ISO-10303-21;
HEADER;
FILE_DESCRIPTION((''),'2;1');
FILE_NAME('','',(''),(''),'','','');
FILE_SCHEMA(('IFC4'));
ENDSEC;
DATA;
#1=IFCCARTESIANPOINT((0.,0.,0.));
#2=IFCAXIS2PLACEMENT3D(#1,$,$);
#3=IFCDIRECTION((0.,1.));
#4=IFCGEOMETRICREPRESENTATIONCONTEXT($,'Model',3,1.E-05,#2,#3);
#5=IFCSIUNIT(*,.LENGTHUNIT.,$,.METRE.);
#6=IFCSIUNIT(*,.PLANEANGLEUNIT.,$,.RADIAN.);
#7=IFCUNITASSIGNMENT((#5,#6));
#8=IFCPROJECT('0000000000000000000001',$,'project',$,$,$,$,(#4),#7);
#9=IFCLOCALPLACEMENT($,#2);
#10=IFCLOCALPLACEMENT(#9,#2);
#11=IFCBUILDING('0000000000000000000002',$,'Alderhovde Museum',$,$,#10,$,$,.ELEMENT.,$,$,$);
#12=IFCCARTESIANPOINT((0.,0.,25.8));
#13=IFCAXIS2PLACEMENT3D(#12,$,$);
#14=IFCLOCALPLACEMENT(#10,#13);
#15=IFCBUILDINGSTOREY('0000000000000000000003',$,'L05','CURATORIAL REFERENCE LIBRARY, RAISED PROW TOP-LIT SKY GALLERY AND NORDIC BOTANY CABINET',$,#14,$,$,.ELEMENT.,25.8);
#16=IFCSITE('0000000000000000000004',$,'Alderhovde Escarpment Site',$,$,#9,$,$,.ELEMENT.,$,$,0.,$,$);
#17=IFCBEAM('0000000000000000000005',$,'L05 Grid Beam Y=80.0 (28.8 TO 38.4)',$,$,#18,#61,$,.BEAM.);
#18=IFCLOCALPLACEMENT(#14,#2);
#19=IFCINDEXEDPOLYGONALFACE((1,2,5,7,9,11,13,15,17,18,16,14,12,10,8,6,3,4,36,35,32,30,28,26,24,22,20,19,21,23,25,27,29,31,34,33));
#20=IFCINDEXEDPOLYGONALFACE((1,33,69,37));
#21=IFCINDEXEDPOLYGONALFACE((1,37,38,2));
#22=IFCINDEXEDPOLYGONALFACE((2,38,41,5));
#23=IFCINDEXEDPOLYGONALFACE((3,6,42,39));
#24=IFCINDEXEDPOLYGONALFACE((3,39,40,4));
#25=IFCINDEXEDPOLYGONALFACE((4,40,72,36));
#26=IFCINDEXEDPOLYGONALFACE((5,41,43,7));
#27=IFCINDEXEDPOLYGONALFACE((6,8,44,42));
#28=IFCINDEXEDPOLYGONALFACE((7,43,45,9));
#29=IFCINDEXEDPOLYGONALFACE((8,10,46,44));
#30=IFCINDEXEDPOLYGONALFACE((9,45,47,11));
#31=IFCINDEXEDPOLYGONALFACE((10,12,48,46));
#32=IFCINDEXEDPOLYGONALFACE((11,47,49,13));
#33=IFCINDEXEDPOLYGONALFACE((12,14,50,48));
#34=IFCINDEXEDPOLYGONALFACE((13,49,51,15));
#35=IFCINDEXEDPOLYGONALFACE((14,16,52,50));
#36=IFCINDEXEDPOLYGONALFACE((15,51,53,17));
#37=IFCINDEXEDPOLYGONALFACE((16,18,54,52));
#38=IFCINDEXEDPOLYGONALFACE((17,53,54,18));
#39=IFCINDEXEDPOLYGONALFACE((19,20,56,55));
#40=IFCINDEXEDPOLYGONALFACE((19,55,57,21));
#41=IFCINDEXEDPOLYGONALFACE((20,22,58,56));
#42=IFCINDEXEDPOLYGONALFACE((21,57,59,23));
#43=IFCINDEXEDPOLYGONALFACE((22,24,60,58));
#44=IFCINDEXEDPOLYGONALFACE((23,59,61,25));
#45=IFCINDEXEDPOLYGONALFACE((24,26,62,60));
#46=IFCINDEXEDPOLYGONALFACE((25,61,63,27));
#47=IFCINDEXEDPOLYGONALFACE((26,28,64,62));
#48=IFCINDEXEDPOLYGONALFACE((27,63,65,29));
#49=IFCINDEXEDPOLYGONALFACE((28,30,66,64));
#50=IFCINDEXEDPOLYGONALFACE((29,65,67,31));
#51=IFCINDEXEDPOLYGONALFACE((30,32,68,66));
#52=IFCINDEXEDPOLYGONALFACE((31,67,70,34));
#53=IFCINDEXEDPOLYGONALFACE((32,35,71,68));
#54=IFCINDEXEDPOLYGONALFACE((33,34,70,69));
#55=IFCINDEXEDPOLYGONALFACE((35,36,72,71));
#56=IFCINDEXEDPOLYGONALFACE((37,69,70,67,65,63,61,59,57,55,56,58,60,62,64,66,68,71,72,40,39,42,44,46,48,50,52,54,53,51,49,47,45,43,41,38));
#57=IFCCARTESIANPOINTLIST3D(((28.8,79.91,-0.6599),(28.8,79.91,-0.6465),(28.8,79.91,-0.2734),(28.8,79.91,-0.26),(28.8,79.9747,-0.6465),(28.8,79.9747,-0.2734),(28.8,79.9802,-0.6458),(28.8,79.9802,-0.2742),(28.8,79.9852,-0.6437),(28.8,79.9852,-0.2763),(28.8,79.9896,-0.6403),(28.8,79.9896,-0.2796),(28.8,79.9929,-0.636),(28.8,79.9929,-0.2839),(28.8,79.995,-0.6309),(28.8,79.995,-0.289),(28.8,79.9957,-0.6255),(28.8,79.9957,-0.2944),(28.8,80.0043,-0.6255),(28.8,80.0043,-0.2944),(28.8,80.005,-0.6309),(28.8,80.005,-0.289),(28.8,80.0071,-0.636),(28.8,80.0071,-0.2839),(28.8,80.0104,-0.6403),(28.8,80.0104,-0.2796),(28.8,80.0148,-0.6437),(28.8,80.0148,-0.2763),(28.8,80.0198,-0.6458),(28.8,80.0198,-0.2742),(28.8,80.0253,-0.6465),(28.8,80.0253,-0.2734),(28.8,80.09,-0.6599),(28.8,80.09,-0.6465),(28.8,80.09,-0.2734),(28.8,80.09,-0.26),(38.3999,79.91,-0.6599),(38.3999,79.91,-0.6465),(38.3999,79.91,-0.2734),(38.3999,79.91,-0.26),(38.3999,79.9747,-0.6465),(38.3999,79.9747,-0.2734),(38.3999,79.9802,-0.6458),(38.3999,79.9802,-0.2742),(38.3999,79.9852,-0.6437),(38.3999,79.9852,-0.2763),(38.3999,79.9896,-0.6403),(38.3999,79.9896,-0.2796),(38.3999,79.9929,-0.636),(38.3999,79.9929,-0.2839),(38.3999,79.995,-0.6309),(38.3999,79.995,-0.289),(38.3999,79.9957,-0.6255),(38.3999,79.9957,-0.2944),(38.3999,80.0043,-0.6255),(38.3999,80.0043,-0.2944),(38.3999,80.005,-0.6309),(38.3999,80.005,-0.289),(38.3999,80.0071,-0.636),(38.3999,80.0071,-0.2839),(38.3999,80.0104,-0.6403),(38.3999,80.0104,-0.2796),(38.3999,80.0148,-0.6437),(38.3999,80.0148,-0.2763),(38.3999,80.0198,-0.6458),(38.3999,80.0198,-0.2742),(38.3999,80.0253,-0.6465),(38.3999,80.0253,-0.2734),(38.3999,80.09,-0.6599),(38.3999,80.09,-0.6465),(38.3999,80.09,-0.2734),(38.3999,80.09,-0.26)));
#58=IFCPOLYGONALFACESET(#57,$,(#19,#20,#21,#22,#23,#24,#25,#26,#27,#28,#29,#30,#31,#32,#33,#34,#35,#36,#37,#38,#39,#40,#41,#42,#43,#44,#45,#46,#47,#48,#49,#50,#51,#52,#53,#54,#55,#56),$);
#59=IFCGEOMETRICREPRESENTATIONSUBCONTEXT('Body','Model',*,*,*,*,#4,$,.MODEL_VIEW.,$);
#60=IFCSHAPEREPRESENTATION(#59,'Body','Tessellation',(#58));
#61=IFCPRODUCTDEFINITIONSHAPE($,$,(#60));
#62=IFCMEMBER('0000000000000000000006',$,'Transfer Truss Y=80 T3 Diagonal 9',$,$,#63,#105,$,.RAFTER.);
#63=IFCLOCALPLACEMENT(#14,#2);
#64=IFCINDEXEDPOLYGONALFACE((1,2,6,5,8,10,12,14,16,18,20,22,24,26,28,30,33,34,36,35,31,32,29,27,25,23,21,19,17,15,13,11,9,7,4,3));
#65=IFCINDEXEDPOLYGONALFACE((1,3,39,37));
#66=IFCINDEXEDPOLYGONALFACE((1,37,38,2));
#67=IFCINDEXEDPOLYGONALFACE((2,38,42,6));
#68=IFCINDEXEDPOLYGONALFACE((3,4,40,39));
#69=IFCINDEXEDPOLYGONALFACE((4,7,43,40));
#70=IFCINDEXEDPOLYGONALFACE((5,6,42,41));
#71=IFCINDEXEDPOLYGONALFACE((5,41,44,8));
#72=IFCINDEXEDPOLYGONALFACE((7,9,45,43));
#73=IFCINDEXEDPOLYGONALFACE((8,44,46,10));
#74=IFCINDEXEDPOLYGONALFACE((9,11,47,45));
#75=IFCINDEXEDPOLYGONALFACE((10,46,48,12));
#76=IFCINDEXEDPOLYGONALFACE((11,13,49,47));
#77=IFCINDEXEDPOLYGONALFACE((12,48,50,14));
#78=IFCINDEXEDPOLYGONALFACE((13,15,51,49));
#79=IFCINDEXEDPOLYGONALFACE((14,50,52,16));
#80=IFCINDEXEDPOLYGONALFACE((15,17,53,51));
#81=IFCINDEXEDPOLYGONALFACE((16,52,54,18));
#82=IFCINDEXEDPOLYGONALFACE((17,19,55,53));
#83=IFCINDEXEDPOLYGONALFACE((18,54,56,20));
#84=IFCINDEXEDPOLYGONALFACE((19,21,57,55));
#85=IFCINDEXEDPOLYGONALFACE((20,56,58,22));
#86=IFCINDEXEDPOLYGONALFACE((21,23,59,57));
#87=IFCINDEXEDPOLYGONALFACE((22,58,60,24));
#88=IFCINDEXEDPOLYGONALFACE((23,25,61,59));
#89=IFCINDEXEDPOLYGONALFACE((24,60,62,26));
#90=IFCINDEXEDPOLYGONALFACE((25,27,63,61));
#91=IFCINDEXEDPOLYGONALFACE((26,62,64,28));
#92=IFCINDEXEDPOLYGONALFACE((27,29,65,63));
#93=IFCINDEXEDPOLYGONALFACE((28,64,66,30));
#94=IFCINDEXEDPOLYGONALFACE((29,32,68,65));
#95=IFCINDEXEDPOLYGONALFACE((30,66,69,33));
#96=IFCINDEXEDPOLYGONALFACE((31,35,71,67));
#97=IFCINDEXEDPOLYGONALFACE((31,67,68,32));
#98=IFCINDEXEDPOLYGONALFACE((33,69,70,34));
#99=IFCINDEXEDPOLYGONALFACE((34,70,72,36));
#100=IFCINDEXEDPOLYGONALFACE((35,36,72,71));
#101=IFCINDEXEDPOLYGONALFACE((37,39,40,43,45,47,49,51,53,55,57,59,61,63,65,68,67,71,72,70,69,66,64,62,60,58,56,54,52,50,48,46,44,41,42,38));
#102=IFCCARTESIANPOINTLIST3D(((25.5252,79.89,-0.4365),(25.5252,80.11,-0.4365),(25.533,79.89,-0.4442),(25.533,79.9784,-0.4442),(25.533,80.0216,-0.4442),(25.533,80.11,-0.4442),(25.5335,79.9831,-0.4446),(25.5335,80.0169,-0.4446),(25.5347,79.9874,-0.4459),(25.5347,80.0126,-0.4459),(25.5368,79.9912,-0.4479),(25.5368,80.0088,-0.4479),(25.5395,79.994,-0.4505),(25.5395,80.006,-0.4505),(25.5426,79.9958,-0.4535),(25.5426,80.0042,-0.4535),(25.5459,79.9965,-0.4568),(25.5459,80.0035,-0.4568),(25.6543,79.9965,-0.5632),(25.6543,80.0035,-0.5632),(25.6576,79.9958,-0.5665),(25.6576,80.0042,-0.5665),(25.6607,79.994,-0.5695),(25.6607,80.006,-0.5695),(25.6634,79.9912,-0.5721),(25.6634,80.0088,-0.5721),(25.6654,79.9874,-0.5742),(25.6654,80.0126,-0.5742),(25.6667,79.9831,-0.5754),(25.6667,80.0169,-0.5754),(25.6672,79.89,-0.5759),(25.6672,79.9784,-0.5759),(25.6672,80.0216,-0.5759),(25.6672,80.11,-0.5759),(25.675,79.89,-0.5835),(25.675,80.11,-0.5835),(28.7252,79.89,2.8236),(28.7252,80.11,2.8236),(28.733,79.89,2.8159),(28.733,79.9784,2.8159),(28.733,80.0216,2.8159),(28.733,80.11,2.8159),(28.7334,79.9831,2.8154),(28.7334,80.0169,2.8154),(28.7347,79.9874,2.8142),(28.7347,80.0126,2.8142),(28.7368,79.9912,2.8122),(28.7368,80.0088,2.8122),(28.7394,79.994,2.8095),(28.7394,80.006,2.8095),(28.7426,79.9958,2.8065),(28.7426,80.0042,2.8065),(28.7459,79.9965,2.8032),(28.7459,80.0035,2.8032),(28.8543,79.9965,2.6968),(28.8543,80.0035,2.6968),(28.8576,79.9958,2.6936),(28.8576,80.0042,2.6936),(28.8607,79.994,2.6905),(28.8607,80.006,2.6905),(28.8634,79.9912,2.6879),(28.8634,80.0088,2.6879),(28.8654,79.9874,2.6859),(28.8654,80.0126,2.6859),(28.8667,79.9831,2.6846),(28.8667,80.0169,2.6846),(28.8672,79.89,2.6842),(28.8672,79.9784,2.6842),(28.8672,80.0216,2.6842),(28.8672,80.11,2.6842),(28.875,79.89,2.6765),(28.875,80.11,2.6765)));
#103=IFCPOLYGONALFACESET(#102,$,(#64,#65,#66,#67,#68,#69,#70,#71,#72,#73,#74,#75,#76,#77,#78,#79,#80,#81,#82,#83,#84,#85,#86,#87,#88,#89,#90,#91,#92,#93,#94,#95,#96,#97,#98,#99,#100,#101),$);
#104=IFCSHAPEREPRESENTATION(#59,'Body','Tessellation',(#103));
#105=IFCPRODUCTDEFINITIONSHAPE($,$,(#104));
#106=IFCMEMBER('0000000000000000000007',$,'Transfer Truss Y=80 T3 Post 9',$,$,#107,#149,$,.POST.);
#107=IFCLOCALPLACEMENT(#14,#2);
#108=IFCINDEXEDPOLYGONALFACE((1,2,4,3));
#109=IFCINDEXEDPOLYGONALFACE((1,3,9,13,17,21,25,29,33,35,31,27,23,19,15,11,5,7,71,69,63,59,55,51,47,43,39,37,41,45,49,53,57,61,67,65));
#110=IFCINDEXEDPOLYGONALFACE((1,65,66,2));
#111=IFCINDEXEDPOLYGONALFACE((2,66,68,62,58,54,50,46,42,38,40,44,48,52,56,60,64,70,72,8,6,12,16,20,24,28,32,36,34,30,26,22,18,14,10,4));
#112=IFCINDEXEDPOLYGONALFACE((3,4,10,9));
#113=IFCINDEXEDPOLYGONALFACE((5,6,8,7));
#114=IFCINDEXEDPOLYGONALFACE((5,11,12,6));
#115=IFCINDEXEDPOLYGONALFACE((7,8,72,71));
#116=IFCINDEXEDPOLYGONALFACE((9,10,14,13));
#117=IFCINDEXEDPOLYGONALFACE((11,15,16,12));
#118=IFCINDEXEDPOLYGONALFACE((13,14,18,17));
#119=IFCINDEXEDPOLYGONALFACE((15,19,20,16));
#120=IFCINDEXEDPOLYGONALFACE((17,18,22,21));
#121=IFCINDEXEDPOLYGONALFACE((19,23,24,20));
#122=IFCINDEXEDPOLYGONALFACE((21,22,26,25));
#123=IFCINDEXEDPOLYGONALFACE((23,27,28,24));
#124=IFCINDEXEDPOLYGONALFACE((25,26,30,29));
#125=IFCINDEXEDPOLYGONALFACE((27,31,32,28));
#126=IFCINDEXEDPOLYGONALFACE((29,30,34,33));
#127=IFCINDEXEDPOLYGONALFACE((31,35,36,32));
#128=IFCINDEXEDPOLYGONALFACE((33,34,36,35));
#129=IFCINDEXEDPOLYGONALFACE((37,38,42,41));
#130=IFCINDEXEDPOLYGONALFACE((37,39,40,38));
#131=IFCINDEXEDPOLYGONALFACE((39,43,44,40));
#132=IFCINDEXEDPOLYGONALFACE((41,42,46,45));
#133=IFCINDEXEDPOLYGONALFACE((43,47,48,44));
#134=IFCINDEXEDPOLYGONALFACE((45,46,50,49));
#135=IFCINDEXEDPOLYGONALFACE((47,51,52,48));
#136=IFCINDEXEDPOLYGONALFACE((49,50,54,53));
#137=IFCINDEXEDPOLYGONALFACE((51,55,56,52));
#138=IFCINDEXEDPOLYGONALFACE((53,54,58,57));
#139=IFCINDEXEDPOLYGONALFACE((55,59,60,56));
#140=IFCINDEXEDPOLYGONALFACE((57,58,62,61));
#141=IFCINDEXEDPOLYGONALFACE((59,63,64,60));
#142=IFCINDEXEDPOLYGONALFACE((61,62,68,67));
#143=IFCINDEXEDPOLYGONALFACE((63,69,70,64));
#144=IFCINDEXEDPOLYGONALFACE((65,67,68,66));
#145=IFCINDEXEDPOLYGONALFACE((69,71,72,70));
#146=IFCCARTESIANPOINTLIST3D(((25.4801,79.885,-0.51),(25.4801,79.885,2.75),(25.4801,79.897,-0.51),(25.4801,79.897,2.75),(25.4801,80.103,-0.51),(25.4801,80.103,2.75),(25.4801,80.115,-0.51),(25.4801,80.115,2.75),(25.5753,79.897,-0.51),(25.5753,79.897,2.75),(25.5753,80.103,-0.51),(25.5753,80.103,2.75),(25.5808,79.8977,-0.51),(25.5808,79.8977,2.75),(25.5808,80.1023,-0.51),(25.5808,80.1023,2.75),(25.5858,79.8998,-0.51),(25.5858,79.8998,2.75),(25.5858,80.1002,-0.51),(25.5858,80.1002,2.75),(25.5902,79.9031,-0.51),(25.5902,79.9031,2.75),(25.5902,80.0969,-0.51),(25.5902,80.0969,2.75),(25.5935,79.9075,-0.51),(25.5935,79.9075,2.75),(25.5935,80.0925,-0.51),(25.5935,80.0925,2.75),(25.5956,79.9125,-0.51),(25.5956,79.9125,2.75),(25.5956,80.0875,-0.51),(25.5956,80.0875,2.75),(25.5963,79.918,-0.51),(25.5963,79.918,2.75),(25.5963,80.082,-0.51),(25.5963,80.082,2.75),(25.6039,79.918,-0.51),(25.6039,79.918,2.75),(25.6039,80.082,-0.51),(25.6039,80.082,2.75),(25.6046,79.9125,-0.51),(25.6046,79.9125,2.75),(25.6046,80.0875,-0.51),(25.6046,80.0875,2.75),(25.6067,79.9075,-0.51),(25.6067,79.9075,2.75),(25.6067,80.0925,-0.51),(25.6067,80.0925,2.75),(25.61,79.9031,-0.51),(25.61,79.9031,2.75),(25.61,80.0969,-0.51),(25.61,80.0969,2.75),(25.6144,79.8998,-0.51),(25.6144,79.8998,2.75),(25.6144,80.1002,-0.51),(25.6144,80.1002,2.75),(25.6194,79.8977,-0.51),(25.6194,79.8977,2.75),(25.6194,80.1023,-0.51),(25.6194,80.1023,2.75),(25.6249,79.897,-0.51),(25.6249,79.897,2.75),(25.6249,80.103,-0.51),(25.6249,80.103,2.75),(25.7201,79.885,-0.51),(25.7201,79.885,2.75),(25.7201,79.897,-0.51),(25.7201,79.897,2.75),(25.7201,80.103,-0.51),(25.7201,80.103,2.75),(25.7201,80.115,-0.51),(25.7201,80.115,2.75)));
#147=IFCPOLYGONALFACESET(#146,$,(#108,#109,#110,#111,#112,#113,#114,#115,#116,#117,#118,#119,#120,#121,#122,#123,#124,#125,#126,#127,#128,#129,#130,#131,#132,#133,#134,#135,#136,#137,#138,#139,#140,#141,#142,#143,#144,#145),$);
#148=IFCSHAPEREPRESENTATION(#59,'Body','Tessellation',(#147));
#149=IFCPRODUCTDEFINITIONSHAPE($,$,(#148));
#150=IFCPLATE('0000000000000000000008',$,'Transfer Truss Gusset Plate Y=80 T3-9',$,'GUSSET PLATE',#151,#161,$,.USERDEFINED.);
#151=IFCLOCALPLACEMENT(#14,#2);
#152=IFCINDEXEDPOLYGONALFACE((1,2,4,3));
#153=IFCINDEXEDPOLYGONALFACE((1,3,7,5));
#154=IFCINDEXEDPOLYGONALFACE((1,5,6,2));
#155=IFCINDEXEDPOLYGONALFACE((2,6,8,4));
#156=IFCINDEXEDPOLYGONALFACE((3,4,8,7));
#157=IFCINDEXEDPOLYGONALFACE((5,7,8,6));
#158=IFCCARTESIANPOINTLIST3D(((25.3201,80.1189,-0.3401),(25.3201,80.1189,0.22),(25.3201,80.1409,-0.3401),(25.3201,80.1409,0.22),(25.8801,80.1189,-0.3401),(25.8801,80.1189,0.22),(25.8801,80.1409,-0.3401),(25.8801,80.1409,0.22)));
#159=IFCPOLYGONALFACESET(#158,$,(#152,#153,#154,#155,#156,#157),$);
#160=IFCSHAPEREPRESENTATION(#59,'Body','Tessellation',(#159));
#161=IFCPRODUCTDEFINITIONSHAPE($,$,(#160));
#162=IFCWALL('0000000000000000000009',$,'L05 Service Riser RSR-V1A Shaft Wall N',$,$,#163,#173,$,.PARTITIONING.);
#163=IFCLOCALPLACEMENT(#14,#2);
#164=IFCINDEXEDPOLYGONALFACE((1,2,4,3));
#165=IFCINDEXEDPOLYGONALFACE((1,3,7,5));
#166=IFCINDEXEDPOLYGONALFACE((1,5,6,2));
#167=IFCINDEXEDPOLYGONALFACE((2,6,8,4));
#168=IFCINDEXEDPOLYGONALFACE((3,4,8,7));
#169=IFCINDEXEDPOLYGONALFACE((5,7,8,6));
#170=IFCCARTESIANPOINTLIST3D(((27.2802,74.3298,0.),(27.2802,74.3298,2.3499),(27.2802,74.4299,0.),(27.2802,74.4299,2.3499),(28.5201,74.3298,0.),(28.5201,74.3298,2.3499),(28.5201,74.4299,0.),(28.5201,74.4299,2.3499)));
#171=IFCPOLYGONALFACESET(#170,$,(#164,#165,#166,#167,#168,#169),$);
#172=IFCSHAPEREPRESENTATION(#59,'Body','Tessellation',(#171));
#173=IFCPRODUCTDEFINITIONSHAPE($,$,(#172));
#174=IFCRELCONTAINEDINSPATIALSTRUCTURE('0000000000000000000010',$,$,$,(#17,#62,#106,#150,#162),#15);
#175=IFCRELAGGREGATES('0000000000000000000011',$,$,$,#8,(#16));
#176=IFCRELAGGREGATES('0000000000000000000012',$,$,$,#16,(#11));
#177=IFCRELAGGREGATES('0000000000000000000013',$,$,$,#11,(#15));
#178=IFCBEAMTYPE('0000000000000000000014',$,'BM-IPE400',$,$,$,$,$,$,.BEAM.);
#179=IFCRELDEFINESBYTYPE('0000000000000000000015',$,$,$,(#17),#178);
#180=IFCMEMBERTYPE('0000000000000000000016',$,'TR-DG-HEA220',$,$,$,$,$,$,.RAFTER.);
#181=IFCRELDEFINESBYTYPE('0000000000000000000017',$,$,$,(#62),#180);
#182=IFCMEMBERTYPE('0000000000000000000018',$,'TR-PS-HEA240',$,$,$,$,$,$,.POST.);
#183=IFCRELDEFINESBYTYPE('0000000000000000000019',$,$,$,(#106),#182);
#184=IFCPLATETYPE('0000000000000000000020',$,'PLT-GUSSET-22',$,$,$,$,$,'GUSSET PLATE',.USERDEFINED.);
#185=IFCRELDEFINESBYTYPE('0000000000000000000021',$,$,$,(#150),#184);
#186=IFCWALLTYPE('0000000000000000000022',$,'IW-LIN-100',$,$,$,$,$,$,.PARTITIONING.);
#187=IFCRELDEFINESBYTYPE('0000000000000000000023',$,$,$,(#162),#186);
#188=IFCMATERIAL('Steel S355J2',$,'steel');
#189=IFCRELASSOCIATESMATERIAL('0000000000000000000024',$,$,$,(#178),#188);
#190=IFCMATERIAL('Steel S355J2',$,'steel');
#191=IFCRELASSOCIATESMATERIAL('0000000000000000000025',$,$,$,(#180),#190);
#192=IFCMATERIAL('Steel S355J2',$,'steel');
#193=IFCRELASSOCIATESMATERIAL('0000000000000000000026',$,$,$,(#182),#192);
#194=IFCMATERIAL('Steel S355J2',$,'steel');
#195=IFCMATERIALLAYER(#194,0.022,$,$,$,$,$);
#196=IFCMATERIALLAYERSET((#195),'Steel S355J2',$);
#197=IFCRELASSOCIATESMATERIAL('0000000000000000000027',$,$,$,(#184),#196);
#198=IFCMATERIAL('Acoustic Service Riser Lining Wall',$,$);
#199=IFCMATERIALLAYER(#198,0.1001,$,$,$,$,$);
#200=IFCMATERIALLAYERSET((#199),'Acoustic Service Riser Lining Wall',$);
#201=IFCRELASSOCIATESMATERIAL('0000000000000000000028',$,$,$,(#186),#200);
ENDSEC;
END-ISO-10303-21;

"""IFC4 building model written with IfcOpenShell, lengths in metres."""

from ifc_helpers import new_model, si_unit, direction, frame, frame_2d, origin, origin_2d, place, context, subcontext, project, spatial, rectangle, i_section, extrude, material, layer, layer_set, material_profile, profile_set, type_object, element, save


model = new_model("IFC4")

# Units and contexts
model_context = context("Model", 3, precision=1e-05, world=origin(), true_north=direction((0.0, 1.0)))
body_context = subcontext(model_context, "Body", "Model", "MODEL_VIEW")
ifc_project = project(units=[si_unit("LENGTHUNIT", "METRE"), si_unit("PLANEANGLEUNIT", "RADIAN")], contexts=[model_context])

# Site, building, storey
site_placement = place(None, origin())
site = spatial("IfcSite", under=ifc_project, at=site_placement, Name="Alderhovde Escarpment Site", CompositionType="ELEMENT", RefElevation=0.0)
building_placement = place(site_placement, origin())
building = spatial("IfcBuilding", under=site, at=building_placement, Name="Alderhovde Museum", CompositionType="ELEMENT")
storey_placement = place(building_placement, frame((0.0, 0.0, 25.8)))
storey = spatial("IfcBuildingStorey", under=building, at=storey_placement, Name="L05", Description="CURATORIAL REFERENCE LIBRARY, RAISED PROW TOP-LIT SKY GALLERY AND NORDIC BOTANY CABINET", CompositionType="ELEMENT", Elevation=25.8)

# Beam
ifc_material_1 = material(Name="Steel S355J2", Category="steel")
ifc_material_profile_1 = material_profile(ifc_material_1, i_section(OverallWidth=0.1799, OverallDepth=0.3999, WebThickness=0.0085, FlangeThickness=0.0134, FilletRadius=0.021, at=origin_2d()), Name="IPE 400")
ifc_profile_set_1 = profile_set([ifc_material_profile_1], Name="Steel S355J2")
beam_type_1 = type_object("IfcBeamType", Name="BM-IPE400", PredefinedType="BEAM", material=ifc_profile_set_1)
beam_1_placement = place(storey_placement, frame((28.8, 80.0, -0.46), z_axis=(1.0, 0.0, 0.0), x_axis=(0.0, 1.0, 0.0)))
element("IfcBeam", 1, at=beam_1_placement, inside=storey, type_object=beam_type_1, Name="L05 Grid Beam Y=80.0 (28.8 TO 38.4)", PredefinedType="BEAM", context=body_context, shape_type="SweptSolid", body=[
    extrude(i_section(OverallWidth=0.1799, OverallDepth=0.3999, WebThickness=0.0085, FlangeThickness=0.0134, FilletRadius=0.021, at=origin_2d()), origin(), (0.0, 0.0, 1.0), 9.5999),
])

# Members
ifc_material_2 = material(Name="Steel S355J2", Category="steel")
ifc_material_profile_2 = material_profile(ifc_material_2, i_section(OverallWidth=0.22, OverallDepth=0.21, WebThickness=0.0071, FlangeThickness=0.011, FilletRadius=0.0181, at=origin_2d()), Name="HEA 220")
ifc_profile_set_2 = profile_set([ifc_material_profile_2], Name="Steel S355J2")
member_type_1 = type_object("IfcMemberType", Name="TR-DG-HEA220", PredefinedType="RAFTER", material=ifc_profile_set_2)
member_1_placement = place(storey_placement, frame((25.6001, 80.0, -0.51), z_axis=(0.700502, 0.0, 0.71365), x_axis=(0.0, 1.0, 0.0)))
element("IfcMember", 2, at=member_1_placement, inside=storey, type_object=member_type_1, Name="Transfer Truss Y=80 T3 Diagonal 9", PredefinedType="RAFTER", context=body_context, shape_type="SweptSolid", body=[
    extrude(i_section(OverallWidth=0.22, OverallDepth=0.21, WebThickness=0.0071, FlangeThickness=0.011, FilletRadius=0.0181, at=origin_2d()), origin(), (0.0, 0.0, 1.0), 4.5681),
])
ifc_material_3 = material(Name="Steel S355J2", Category="steel")
ifc_material_profile_3 = material_profile(ifc_material_3, i_section(OverallWidth=0.24, OverallDepth=0.23, WebThickness=0.0076, FlangeThickness=0.012, FilletRadius=0.021, at=origin_2d()), Name="HEA 240")
ifc_profile_set_3 = profile_set([ifc_material_profile_3], Name="Steel S355J2")
member_type_2 = type_object("IfcMemberType", Name="TR-PS-HEA240", PredefinedType="POST", material=ifc_profile_set_3)
member_2_placement = place(storey_placement, frame((25.6001, 80.0, -0.51), z_axis=(0.0, 0.0, 1.0), x_axis=(1.0, 0.0, 0.0)))
element("IfcMember", 3, at=member_2_placement, inside=storey, type_object=member_type_2, Name="Transfer Truss Y=80 T3 Post 9", PredefinedType="POST", context=body_context, shape_type="SweptSolid", body=[
    extrude(i_section(OverallWidth=0.24, OverallDepth=0.23, WebThickness=0.0076, FlangeThickness=0.012, FilletRadius=0.021, at=origin_2d()), origin(), (0.0, 0.0, 1.0), 3.26),
])

# Plate
ifc_material_4 = material(Name="Steel S355J2", Category="steel")
ifc_layer_1 = layer(ifc_material_4, 0.022)
ifc_layer_set_1 = layer_set([ifc_layer_1], Name="Steel S355J2")
plate_type = type_object("IfcPlateType", Name="PLT-GUSSET-22", ElementType="GUSSET PLATE", PredefinedType="USERDEFINED", material=ifc_layer_set_1)
plate_placement = place(storey_placement, frame((25.6001, 80.1299, -0.3401), z_axis=(0.0, 0.0, 1.0), x_axis=(1.0, 0.0, 0.0)))
element("IfcPlate", 4, at=plate_placement, inside=storey, type_object=plate_type, Name="Transfer Truss Gusset Plate Y=80 T3-9", ObjectType="GUSSET PLATE", PredefinedType="USERDEFINED", context=body_context, shape_type="SweptSolid", body=[
    extrude(rectangle(XDim=0.5601, YDim=0.022, at=origin_2d()), origin(), (0.0, 0.0, 1.0), 0.5601),
])

# Wall
ifc_material_5 = material(Name="Acoustic Service Riser Lining Wall")
ifc_layer_2 = layer(ifc_material_5, 0.1001)
ifc_layer_set_2 = layer_set([ifc_layer_2], Name="Acoustic Service Riser Lining Wall")
wall_type_1 = type_object("IfcWallType", Name="IW-LIN-100", PredefinedType="PARTITIONING", material=ifc_layer_set_2)
wall_1_placement = place(storey_placement, frame((27.28, 74.3799, 0.0), z_axis=(0.0, 0.0, 1.0), x_axis=(1.0, 0.0, 0.0)))
element("IfcWall", 5, at=wall_1_placement, inside=storey, type_object=wall_type_1, Name="L05 Service Riser RSR-V1A Shaft Wall N", PredefinedType="PARTITIONING", context=body_context, shape_type="SweptSolid", body=[
    extrude(rectangle(XDim=1.24, YDim=0.1001, at=frame_2d((0.6201, 0.0))), origin(), (0.0, 0.0, 1.0), 2.3499),
])

save(model, "model.ifc")
